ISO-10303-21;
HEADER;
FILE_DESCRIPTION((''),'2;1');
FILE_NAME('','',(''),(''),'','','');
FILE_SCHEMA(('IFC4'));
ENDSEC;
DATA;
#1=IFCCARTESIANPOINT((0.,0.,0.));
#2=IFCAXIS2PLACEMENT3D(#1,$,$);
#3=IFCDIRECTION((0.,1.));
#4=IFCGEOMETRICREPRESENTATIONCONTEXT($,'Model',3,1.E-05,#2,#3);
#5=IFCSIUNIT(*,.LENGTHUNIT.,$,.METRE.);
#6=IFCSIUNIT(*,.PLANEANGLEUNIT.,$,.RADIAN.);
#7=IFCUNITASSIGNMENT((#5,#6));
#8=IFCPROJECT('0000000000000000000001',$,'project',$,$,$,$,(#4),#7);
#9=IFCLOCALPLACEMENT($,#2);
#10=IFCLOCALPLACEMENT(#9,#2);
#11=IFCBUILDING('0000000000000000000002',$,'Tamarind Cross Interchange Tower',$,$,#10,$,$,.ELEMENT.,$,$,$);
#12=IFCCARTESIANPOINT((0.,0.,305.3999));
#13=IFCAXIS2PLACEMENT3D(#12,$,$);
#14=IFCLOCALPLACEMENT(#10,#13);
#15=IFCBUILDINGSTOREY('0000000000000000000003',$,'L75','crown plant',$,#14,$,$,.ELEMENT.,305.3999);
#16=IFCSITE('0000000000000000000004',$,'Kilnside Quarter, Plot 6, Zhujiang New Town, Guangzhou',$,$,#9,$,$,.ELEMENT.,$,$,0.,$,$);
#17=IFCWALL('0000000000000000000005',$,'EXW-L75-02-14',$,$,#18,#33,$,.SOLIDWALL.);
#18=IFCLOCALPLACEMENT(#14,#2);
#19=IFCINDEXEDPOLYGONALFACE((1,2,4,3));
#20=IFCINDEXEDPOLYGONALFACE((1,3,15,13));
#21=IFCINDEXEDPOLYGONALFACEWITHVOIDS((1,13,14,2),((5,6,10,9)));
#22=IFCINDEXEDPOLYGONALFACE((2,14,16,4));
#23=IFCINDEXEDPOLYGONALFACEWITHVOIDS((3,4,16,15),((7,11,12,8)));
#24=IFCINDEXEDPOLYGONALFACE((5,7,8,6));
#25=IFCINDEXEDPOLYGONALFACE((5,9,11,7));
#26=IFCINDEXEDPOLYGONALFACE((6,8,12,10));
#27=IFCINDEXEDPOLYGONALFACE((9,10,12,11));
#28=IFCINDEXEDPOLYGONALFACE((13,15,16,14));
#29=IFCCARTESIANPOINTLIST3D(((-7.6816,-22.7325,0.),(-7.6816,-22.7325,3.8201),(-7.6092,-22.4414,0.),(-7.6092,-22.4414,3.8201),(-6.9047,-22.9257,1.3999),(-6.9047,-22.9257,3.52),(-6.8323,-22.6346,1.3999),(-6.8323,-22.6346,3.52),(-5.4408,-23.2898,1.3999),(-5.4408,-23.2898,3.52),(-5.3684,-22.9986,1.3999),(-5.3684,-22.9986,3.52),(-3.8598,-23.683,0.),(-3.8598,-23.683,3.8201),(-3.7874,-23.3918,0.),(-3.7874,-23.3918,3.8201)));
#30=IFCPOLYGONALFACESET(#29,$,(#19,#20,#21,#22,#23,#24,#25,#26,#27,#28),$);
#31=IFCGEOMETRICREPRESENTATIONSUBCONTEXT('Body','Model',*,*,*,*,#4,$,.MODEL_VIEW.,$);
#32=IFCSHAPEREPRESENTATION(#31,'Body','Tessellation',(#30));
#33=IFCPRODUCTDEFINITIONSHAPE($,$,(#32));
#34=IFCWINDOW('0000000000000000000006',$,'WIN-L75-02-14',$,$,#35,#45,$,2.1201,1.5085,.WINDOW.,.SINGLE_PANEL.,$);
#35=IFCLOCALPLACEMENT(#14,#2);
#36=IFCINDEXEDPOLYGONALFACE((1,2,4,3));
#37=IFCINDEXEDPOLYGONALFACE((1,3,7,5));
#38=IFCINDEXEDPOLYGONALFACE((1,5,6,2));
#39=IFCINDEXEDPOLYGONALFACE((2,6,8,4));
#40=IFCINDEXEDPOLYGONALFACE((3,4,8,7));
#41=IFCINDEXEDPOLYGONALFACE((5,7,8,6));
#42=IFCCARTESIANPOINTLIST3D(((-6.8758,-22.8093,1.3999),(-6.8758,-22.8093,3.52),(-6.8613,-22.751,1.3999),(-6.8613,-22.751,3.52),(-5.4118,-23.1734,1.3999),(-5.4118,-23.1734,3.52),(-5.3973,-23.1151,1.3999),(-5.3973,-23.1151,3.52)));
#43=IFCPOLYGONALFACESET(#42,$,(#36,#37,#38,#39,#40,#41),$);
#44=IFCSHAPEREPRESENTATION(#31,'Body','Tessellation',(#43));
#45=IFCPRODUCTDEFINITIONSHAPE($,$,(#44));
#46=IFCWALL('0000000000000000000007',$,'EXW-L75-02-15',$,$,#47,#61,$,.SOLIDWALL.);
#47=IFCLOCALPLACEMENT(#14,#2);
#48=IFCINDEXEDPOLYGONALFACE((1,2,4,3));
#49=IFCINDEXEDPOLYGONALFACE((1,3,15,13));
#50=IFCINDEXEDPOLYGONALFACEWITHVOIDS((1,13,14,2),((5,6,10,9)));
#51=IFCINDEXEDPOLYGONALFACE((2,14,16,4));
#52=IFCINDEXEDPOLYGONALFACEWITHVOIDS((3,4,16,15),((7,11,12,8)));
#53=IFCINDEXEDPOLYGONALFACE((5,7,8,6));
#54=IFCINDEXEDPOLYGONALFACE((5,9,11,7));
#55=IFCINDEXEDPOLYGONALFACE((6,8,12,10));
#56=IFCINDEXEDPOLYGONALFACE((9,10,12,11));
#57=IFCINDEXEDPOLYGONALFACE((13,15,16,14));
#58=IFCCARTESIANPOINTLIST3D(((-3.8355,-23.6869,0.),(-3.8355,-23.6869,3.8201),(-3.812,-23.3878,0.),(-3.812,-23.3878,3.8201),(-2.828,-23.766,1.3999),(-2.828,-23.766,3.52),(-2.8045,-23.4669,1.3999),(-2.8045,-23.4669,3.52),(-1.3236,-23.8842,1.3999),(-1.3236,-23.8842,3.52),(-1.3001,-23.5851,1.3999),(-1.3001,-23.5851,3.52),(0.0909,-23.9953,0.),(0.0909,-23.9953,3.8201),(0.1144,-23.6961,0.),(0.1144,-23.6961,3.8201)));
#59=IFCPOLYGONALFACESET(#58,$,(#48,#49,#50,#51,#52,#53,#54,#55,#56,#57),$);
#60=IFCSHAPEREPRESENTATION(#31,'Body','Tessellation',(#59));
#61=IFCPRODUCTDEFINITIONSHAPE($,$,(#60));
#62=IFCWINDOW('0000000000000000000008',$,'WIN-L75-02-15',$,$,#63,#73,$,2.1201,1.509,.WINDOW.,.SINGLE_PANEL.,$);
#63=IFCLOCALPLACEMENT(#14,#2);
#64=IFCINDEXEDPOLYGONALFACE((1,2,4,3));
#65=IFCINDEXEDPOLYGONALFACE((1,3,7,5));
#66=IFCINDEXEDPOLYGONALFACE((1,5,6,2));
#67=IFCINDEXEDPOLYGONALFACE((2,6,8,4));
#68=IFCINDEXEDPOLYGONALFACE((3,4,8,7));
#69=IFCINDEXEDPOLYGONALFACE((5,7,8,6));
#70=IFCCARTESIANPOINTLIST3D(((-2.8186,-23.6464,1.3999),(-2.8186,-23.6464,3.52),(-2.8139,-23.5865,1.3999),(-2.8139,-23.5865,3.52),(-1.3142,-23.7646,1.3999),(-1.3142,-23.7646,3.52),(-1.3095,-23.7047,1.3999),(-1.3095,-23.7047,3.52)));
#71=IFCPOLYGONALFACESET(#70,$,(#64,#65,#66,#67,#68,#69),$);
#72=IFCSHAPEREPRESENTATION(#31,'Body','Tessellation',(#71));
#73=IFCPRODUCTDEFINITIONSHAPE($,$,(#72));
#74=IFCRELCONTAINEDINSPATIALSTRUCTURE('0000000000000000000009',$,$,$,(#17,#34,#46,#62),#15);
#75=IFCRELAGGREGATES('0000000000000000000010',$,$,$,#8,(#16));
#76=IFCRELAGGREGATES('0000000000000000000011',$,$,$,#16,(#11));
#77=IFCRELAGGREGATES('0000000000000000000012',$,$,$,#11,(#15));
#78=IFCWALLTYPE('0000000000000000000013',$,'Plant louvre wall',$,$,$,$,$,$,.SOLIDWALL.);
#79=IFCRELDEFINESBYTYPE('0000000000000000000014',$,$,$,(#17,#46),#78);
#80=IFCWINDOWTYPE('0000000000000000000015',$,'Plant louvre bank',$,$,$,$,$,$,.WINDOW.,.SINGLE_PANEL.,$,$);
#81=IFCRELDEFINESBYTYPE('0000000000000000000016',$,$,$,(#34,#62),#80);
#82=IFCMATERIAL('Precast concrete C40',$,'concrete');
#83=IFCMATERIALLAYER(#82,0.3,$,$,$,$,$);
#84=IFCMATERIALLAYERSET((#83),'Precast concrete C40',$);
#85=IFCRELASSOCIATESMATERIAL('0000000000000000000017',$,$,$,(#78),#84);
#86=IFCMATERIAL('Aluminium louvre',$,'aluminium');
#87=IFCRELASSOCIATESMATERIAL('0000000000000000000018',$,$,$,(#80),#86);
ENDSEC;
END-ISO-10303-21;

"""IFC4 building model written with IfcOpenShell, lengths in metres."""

from ifc_helpers import new_model, si_unit, direction, frame, frame_2d, origin, place, context, subcontext, project, spatial, rectangle, extrude, material, layer, layer_set, type_object, element, fill, save


model = new_model("IFC4")

# Units and contexts
model_context = context("Model", 3, precision=1e-05, world=origin(), true_north=direction((0.0, 1.0)))
body_context = subcontext(model_context, "Body", "Model", "MODEL_VIEW")
ifc_project = project(units=[si_unit("LENGTHUNIT", "METRE"), si_unit("PLANEANGLEUNIT", "RADIAN")], contexts=[model_context])

# Site, building, storey
site_placement = place(None, origin())
site = spatial("IfcSite", under=ifc_project, at=site_placement, Name="Kilnside Quarter, Plot 6, Zhujiang New Town, Guangzhou", CompositionType="ELEMENT", RefElevation=0.0)
building_placement = place(site_placement, origin())
building = spatial("IfcBuilding", under=site, at=building_placement, Name="Tamarind Cross Interchange Tower", CompositionType="ELEMENT")
storey_placement = place(building_placement, frame((0.0, 0.0, 305.3999)))
storey = spatial("IfcBuildingStorey", under=building, at=storey_placement, Name="L75", Description="crown plant", CompositionType="ELEMENT", Elevation=305.3999)

# Walls, openings, windows
ifc_material_1 = material(Name="Precast concrete C40", Category="concrete")
ifc_layer_1 = layer(ifc_material_1, 0.3)
ifc_layer_set_1 = layer_set([ifc_layer_1], Name="Precast concrete C40")
wall_type_1 = type_object("IfcWallType", Name="Plant louvre wall", PredefinedType="SOLIDWALL", material=ifc_layer_set_1)
ifc_material_2 = material(Name="Aluminium louvre", Category="aluminium")
window_type = type_object("IfcWindowType", Name="Plant louvre bank", PartitioningType="SINGLE_PANEL", PredefinedType="WINDOW", material=ifc_material_2)
wall_1_placement = place(storey_placement, frame((-7.6455, -22.5869, 0.0), z_axis=(0.0, 0.0, 1.0), x_axis=(0.970441, -0.241339, 0.0)))
wall_1 = element("IfcWall", 1, at=wall_1_placement, inside=storey, type_object=wall_type_1, Name="EXW-L75-02-14", PredefinedType="SOLIDWALL", context=body_context, shape_type="SweptSolid", body=[
    extrude(rectangle(XDim=3.9382, YDim=0.3, at=frame_2d((1.9692, 0.0))), origin(), (0.0, 0.0, 1.0), 3.8201),
])
opening_1_placement = place(wall_1_placement, frame((0.8005, 0.0, 1.3999)))
opening_1 = element("IfcOpeningElement", 2, at=opening_1_placement, cuts=wall_1, PredefinedType="OPENING", context=body_context, shape_type="SweptSolid", body=[
    extrude(rectangle(XDim=1.5085, YDim=2.1201, at=frame_2d((0.7544, 1.0601))), frame((0.0, 0.1599, 0.0), z_axis=(0.0, -1.0, 0.0), x_axis=(1.0, 0.0, 0.0)), (0.0, 0.0, 1.0), 0.3201),
])
window_1_placement = place(opening_1_placement, origin())
window_1 = element("IfcWindow", 3, at=window_1_placement, inside=storey, type_object=window_type, Name="WIN-L75-02-14", OverallHeight=2.1201, OverallWidth=1.5085, PartitioningType="SINGLE_PANEL", PredefinedType="WINDOW", context=body_context, shape_type="SweptSolid", body=[
    extrude(rectangle(XDim=1.5085, YDim=2.1201, at=frame_2d((0.7544, 1.0601))), frame((0.0, 0.03, 0.0), z_axis=(0.0, -1.0, 0.0), x_axis=(1.0, 0.0, 0.0)), (0.0, 0.0, 1.0), 0.0601),
])
fill(opening_1, window_1)
wall_2_placement = place(storey_placement, frame((-3.8237, -23.5374, 0.0), z_axis=(0.0, 0.0, 1.0), x_axis=(0.99693, -0.078294, 0.0)))
wall_2 = element("IfcWall", 4, at=wall_2_placement, inside=storey, type_object=wall_type_1, Name="EXW-L75-02-15", PredefinedType="SOLIDWALL", context=body_context, shape_type="SweptSolid", body=[
    extrude(rectangle(XDim=3.9385, YDim=0.3, at=frame_2d((1.9692, 0.0))), origin(), (0.0, 0.0, 1.0), 3.8201),
])
opening_2_placement = place(wall_2_placement, frame((1.0107, 0.0, 1.3999)))
opening_2 = element("IfcOpeningElement", 5, at=opening_2_placement, cuts=wall_2, PredefinedType="OPENING", context=body_context, shape_type="SweptSolid", body=[
    extrude(rectangle(XDim=1.509, YDim=2.1201, at=frame_2d((0.7544, 1.0601))), frame((0.0, 0.1599, 0.0), z_axis=(0.0, -1.0, 0.0), x_axis=(1.0, 0.0, 0.0)), (0.0, 0.0, 1.0), 0.3201),
])
window_2_placement = place(opening_2_placement, origin())
window_2 = element("IfcWindow", 6, at=window_2_placement, inside=storey, type_object=window_type, Name="WIN-L75-02-15", OverallHeight=2.1201, OverallWidth=1.509, PartitioningType="SINGLE_PANEL", PredefinedType="WINDOW", context=body_context, shape_type="SweptSolid", body=[
    extrude(rectangle(XDim=1.509, YDim=2.1201, at=frame_2d((0.7544, 1.0601))), frame((0.0, 0.03, 0.0), z_axis=(0.0, -1.0, 0.0), x_axis=(1.0, 0.0, 0.0)), (0.0, 0.0, 1.0), 0.0601),
])
fill(opening_2, window_2)

save(model, "model.ifc")
